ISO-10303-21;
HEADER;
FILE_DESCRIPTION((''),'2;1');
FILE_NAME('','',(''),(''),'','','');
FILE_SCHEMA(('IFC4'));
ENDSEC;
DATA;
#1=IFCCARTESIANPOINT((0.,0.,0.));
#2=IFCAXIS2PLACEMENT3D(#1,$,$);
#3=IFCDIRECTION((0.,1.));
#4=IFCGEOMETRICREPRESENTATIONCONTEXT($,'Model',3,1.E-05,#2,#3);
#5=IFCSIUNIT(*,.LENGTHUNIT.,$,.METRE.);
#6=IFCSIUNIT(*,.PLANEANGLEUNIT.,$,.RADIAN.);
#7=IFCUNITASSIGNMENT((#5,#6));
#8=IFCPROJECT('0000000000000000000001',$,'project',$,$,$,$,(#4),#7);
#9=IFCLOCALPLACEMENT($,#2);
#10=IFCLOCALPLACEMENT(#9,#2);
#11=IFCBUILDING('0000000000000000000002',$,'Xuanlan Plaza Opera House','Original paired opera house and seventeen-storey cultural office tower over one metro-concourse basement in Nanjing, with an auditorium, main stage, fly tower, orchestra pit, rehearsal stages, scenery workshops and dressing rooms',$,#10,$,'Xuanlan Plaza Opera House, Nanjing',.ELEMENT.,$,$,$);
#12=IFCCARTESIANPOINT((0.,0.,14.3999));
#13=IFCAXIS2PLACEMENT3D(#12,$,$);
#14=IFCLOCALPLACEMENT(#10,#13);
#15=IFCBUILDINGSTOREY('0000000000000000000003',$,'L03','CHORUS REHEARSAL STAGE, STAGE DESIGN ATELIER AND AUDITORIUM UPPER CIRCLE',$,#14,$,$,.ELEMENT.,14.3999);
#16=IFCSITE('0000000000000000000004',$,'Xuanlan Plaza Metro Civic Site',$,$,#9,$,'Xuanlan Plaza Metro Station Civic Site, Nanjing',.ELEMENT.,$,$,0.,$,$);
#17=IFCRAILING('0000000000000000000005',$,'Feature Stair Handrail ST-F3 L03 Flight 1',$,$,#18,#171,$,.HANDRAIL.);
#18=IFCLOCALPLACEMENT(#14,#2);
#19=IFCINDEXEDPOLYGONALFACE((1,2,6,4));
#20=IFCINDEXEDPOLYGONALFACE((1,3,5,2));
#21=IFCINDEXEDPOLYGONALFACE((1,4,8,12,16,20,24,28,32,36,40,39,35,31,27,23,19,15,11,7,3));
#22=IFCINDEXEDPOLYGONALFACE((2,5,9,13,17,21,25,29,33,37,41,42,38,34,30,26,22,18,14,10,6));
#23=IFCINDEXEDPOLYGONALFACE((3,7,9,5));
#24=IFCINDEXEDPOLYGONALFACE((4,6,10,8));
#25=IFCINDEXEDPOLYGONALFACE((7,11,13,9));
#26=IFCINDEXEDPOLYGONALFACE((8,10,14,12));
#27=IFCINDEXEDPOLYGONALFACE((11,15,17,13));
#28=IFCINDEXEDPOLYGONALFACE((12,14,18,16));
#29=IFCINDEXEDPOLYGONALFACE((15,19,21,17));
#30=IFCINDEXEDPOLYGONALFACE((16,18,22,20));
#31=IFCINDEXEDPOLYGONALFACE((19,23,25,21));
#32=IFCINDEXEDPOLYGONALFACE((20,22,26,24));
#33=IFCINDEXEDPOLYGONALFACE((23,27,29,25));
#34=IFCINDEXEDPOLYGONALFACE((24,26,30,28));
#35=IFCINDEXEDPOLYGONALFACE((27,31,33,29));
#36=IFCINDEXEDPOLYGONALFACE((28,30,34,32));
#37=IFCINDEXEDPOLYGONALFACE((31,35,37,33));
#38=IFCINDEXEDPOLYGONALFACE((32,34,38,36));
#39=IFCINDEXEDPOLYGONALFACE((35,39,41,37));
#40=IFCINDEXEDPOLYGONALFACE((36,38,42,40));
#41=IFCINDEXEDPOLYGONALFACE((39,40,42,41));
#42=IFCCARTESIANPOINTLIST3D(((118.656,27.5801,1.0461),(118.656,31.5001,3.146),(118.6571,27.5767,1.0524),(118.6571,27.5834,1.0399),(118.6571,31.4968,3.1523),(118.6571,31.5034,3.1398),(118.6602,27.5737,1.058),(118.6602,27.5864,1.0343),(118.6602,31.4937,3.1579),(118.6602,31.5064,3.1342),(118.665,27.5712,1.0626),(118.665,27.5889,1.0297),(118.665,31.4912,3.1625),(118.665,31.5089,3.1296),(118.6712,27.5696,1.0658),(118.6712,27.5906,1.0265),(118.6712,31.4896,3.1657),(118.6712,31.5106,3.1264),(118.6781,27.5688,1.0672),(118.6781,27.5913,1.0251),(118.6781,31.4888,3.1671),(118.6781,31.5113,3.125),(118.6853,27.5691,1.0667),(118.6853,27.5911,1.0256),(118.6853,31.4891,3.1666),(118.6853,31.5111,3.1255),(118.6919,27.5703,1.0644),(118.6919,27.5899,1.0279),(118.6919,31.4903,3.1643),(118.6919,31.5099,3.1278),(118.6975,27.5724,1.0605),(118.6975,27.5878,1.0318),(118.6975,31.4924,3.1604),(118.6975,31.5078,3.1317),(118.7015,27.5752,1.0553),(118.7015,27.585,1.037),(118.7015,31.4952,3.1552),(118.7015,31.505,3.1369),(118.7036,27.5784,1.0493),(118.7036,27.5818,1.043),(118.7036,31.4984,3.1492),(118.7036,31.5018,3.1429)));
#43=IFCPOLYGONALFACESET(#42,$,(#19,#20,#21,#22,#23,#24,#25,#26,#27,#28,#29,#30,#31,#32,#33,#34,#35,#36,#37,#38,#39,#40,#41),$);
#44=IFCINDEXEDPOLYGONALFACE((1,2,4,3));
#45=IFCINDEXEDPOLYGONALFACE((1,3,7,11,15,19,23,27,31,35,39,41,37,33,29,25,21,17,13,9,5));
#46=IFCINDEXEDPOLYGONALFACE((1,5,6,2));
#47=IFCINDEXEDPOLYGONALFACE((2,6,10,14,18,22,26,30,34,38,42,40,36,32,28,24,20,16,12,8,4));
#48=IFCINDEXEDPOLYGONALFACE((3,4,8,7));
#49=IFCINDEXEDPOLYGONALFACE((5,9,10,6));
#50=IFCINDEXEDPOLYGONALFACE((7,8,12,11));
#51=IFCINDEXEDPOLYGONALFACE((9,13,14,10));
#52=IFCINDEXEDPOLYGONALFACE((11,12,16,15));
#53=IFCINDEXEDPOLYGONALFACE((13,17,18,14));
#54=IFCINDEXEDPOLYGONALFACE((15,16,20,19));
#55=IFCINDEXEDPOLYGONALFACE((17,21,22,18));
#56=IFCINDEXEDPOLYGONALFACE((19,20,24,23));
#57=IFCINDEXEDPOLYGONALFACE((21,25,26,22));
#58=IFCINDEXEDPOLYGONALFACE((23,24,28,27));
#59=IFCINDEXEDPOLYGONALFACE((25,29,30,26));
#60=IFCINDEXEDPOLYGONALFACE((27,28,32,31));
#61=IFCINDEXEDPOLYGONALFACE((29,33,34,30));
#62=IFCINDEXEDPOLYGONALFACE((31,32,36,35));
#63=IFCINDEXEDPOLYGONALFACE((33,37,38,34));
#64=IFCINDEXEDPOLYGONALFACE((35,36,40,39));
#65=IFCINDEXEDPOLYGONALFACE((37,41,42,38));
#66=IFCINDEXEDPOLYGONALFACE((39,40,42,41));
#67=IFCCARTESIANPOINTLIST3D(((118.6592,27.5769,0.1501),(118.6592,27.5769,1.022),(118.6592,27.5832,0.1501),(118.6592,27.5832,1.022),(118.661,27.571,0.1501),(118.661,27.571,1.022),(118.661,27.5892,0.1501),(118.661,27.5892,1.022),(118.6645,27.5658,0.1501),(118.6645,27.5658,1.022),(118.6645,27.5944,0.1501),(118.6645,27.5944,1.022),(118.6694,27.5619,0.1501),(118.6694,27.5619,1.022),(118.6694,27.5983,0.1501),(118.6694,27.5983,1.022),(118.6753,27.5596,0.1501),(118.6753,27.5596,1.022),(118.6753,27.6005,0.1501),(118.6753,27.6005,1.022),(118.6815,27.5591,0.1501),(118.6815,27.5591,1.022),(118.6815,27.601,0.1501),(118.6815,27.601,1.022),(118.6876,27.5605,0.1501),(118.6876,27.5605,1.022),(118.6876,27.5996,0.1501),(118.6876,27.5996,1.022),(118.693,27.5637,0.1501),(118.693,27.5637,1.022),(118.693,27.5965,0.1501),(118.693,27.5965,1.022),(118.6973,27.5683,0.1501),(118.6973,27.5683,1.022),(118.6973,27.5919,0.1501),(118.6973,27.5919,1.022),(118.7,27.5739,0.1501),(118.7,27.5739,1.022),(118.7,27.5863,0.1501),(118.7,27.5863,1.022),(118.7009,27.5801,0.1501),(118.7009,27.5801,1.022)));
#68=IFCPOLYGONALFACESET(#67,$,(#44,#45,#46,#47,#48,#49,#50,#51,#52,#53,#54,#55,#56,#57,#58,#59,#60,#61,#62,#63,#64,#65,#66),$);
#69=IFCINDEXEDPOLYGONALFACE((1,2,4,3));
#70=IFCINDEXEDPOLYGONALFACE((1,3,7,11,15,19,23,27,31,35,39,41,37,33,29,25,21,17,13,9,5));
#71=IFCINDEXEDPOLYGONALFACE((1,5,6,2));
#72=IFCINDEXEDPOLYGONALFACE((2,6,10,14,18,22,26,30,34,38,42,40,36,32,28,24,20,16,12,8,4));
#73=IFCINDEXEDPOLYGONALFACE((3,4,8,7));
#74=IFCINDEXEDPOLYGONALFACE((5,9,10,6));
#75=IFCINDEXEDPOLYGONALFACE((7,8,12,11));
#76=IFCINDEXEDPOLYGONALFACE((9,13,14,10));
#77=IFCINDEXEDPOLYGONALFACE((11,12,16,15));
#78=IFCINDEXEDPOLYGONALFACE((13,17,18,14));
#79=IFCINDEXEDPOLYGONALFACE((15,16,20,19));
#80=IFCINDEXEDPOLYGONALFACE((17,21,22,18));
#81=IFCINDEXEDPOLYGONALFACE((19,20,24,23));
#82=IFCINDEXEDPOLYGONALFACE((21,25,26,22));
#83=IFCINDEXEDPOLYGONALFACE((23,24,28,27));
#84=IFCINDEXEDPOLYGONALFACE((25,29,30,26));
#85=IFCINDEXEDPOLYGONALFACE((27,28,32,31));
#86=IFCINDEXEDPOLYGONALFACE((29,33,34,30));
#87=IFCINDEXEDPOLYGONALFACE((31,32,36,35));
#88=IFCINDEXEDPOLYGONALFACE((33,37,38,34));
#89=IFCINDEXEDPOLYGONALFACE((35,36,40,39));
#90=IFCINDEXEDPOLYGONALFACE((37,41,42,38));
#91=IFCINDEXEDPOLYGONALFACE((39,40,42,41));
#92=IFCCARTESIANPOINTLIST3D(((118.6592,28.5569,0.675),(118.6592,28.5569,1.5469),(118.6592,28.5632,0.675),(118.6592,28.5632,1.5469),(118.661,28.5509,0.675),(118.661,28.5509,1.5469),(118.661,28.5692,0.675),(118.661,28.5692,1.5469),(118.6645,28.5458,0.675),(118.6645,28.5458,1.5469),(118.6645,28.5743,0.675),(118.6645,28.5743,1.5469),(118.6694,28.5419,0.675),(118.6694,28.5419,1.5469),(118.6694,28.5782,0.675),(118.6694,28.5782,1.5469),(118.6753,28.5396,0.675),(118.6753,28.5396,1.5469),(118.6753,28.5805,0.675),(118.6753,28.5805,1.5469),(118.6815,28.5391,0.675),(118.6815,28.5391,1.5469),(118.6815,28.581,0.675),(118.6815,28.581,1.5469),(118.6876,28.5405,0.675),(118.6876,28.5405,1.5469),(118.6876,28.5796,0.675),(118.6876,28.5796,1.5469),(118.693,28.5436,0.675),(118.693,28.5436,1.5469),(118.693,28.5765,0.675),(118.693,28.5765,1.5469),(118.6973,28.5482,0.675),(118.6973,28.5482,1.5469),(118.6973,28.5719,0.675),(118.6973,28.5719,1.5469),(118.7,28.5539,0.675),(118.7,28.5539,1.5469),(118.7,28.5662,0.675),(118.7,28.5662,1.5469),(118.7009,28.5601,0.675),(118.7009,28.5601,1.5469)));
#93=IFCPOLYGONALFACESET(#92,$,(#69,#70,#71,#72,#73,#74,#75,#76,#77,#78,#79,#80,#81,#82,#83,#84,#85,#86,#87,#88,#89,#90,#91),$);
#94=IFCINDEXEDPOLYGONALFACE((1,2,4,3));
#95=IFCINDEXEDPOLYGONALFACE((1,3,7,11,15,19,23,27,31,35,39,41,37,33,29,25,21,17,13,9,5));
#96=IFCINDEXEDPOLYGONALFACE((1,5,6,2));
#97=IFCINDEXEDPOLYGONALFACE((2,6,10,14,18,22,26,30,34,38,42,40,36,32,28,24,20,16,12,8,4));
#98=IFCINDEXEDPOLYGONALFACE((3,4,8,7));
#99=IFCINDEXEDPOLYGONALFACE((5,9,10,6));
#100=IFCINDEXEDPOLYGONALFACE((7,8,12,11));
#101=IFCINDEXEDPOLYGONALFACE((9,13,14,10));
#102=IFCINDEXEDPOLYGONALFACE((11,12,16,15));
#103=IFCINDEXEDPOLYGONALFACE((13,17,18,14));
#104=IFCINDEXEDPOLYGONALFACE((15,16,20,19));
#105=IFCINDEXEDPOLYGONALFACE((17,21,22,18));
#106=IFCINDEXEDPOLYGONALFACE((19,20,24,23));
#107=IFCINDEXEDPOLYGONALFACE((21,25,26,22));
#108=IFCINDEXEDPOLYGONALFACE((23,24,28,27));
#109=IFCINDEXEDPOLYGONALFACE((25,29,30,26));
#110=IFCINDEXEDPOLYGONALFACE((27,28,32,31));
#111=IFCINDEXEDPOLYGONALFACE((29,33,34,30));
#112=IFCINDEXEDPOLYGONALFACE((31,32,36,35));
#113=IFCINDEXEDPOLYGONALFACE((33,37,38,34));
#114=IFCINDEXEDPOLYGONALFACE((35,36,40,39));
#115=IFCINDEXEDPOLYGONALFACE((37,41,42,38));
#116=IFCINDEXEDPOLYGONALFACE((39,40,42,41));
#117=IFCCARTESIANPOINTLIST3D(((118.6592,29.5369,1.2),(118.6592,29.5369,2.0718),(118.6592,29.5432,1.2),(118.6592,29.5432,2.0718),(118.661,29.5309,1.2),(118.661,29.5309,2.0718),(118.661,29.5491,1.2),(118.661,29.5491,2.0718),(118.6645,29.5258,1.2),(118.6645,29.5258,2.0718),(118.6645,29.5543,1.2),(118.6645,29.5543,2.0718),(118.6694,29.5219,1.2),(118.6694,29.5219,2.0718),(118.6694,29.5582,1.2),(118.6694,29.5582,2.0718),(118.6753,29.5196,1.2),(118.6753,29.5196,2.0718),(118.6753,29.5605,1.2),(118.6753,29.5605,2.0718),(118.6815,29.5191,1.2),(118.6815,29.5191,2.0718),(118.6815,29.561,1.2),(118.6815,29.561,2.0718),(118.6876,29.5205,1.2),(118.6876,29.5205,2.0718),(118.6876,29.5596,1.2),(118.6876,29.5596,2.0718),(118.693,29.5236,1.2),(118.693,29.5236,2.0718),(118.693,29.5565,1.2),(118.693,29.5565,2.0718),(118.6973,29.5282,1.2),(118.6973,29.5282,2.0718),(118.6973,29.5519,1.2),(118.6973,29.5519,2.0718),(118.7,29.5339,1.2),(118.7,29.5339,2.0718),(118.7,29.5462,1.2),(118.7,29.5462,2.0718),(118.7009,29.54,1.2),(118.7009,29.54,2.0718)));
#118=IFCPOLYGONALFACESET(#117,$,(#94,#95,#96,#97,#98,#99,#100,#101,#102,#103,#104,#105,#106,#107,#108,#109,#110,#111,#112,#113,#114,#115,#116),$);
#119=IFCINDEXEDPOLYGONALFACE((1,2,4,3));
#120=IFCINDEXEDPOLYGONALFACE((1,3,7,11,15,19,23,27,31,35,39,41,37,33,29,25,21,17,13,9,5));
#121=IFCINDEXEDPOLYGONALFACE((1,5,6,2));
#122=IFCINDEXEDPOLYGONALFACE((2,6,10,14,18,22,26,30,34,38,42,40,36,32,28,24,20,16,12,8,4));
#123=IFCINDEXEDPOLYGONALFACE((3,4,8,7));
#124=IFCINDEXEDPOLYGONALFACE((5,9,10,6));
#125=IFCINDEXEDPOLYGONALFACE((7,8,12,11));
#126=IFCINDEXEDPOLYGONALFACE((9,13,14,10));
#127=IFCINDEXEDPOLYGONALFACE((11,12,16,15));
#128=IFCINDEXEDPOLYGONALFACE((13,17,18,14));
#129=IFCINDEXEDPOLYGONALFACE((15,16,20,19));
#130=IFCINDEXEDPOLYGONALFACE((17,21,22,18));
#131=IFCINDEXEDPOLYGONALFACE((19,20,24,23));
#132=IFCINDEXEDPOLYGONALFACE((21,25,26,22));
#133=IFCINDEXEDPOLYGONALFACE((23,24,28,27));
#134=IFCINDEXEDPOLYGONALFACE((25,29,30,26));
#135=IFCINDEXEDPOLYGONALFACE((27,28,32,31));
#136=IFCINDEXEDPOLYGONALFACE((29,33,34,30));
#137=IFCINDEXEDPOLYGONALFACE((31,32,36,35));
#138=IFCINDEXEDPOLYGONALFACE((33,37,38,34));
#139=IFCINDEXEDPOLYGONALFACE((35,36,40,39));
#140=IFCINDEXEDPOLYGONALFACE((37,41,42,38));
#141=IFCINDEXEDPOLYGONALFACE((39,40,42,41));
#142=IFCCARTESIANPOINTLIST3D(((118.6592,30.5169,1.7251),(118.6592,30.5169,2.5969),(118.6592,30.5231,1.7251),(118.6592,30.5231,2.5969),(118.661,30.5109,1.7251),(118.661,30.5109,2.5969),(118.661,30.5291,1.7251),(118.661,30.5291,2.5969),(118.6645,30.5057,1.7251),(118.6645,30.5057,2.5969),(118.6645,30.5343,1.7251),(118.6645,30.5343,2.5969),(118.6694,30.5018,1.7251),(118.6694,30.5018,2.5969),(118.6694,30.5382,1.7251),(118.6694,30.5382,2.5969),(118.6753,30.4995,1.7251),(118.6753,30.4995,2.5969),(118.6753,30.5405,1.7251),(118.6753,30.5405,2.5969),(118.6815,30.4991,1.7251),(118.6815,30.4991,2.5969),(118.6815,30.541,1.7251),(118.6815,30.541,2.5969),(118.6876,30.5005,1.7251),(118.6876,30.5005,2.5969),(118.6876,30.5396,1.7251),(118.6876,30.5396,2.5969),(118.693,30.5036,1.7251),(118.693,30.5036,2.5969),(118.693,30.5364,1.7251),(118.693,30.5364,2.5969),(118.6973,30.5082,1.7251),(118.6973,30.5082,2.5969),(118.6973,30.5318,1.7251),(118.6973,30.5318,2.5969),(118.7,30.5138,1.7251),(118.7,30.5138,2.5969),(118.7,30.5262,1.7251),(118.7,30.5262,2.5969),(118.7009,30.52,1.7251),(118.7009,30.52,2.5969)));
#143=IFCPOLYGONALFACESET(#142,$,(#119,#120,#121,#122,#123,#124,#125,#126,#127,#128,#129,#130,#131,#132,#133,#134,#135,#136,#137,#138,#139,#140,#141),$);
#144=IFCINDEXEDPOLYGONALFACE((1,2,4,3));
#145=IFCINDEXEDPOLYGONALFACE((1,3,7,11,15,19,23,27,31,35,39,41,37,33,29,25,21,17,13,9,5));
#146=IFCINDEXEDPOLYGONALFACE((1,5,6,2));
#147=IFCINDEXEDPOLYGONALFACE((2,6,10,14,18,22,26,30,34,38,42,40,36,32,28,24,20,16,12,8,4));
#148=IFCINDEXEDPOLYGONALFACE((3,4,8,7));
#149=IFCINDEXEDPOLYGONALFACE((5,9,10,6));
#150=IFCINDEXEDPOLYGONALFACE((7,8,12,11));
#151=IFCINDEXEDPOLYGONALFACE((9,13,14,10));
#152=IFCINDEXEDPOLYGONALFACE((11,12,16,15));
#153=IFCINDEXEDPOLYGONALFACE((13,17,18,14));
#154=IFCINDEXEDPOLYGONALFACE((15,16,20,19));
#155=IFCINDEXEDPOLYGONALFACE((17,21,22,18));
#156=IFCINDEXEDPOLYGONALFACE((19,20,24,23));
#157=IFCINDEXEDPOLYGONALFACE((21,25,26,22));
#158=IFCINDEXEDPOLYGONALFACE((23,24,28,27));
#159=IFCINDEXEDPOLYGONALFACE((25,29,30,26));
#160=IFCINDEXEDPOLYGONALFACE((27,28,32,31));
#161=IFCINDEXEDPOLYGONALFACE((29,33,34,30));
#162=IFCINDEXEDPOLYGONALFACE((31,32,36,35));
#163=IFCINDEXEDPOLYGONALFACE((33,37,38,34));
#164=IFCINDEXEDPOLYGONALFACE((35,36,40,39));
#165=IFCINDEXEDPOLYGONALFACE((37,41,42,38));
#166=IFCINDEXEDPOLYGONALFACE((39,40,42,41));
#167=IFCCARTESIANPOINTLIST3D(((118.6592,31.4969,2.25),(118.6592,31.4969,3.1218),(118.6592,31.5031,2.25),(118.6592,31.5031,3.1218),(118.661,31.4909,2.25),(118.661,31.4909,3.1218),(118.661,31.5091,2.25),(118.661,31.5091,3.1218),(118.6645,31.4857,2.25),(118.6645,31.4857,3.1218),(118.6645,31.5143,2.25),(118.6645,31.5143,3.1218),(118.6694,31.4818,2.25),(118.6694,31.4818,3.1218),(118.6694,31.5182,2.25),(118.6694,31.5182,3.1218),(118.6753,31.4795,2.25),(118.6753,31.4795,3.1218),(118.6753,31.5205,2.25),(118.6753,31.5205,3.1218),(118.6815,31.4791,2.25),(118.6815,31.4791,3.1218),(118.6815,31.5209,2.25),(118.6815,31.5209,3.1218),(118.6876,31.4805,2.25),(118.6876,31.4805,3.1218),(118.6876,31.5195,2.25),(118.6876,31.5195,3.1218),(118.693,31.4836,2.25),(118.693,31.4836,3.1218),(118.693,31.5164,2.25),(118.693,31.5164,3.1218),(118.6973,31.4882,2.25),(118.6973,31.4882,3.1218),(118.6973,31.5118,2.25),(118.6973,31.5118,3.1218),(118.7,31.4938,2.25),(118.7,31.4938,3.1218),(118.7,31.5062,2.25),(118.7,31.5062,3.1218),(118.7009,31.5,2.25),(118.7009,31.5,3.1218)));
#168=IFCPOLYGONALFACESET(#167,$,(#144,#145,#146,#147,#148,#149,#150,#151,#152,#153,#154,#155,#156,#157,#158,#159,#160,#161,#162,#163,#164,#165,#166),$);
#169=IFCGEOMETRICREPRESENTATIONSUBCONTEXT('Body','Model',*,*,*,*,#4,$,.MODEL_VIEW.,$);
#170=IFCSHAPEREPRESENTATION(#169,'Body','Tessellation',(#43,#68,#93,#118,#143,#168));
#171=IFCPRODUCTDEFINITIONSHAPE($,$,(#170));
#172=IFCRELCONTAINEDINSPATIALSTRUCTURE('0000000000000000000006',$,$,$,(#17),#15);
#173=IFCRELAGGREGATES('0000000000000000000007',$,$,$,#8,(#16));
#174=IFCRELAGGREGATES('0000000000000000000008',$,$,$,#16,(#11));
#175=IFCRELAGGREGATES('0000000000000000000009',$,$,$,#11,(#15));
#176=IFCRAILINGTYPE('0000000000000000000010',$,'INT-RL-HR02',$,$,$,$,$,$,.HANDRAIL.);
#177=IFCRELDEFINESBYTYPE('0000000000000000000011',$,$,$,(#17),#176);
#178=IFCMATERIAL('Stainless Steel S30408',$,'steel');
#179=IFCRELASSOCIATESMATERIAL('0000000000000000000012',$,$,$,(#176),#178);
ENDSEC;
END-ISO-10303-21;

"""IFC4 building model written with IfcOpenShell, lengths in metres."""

from ifc_helpers import new_model, si_unit, direction, frame, origin, origin_2d, place, context, subcontext, project, spatial, circle, extrude, material, type_object, element, save


model = new_model("IFC4")

# Units and contexts
model_context = context("Model", 3, precision=1e-05, world=origin(), true_north=direction((0.0, 1.0)))
body_context = subcontext(model_context, "Body", "Model", "MODEL_VIEW")
ifc_project = project(units=[si_unit("LENGTHUNIT", "METRE"), si_unit("PLANEANGLEUNIT", "RADIAN")], contexts=[model_context])

# Site, building, storey
site_placement = place(None, origin())
site = spatial("IfcSite", under=ifc_project, at=site_placement, Name="Xuanlan Plaza Metro Civic Site", LongName="Xuanlan Plaza Metro Station Civic Site, Nanjing", CompositionType="ELEMENT", RefElevation=0.0)
building_placement = place(site_placement, origin())
building = spatial("IfcBuilding", under=site, at=building_placement, Name="Xuanlan Plaza Opera House", Description="Original paired opera house and seventeen-storey cultural office tower over one metro-concourse basement in Nanjing, with an auditorium, main stage, fly tower, orchestra pit, rehearsal stages, scenery workshops and dressing rooms", LongName="Xuanlan Plaza Opera House, Nanjing", CompositionType="ELEMENT")
storey_placement = place(building_placement, frame((0.0, 0.0, 14.3999)))
storey = spatial("IfcBuildingStorey", under=building, at=storey_placement, Name="L03", Description="CHORUS REHEARSAL STAGE, STAGE DESIGN ATELIER AND AUDITORIUM UPPER CIRCLE", CompositionType="ELEMENT", Elevation=14.3999)

# Railing
ifc_material_1 = material(Name="Stainless Steel S30408", Category="steel")
railing_type = type_object("IfcRailingType", Name="INT-RL-HR02", PredefinedType="HANDRAIL", material=ifc_material_1)
railing_placement = place(storey_placement, frame((118.6799, 27.5801, 0.1501)))
element("IfcRailing", 1, at=railing_placement, inside=storey, type_object=railing_type, Name="Feature Stair Handrail ST-F3 L03 Flight 1", PredefinedType="HANDRAIL", context=body_context, shape_type="SweptSolid", body=[
    extrude(circle(Radius=0.0239, at=origin_2d()), frame((0.0, 0.0, 0.896), z_axis=(0.0, 0.88149, 0.472203), x_axis=(-1.0, 0.0, 0.0)), (0.0, 0.0, 1.0), 4.447),
    extrude(circle(Radius=0.021, at=origin_2d()), origin(), (0.0, 0.0, 1.0), 0.8718),
    extrude(circle(Radius=0.021, at=origin_2d()), frame((0.0, 0.98, 0.5249)), (0.0, 0.0, 1.0), 0.8718),
    extrude(circle(Radius=0.021, at=origin_2d()), frame((0.0, 1.96, 1.0498)), (0.0, 0.0, 1.0), 0.8718),
    extrude(circle(Radius=0.021, at=origin_2d()), frame((0.0, 2.9399, 1.575)), (0.0, 0.0, 1.0), 0.8718),
    extrude(circle(Radius=0.021, at=origin_2d()), frame((0.0, 3.9199, 2.0999)), (0.0, 0.0, 1.0), 0.8718),
])

save(model, "model.ifc")
